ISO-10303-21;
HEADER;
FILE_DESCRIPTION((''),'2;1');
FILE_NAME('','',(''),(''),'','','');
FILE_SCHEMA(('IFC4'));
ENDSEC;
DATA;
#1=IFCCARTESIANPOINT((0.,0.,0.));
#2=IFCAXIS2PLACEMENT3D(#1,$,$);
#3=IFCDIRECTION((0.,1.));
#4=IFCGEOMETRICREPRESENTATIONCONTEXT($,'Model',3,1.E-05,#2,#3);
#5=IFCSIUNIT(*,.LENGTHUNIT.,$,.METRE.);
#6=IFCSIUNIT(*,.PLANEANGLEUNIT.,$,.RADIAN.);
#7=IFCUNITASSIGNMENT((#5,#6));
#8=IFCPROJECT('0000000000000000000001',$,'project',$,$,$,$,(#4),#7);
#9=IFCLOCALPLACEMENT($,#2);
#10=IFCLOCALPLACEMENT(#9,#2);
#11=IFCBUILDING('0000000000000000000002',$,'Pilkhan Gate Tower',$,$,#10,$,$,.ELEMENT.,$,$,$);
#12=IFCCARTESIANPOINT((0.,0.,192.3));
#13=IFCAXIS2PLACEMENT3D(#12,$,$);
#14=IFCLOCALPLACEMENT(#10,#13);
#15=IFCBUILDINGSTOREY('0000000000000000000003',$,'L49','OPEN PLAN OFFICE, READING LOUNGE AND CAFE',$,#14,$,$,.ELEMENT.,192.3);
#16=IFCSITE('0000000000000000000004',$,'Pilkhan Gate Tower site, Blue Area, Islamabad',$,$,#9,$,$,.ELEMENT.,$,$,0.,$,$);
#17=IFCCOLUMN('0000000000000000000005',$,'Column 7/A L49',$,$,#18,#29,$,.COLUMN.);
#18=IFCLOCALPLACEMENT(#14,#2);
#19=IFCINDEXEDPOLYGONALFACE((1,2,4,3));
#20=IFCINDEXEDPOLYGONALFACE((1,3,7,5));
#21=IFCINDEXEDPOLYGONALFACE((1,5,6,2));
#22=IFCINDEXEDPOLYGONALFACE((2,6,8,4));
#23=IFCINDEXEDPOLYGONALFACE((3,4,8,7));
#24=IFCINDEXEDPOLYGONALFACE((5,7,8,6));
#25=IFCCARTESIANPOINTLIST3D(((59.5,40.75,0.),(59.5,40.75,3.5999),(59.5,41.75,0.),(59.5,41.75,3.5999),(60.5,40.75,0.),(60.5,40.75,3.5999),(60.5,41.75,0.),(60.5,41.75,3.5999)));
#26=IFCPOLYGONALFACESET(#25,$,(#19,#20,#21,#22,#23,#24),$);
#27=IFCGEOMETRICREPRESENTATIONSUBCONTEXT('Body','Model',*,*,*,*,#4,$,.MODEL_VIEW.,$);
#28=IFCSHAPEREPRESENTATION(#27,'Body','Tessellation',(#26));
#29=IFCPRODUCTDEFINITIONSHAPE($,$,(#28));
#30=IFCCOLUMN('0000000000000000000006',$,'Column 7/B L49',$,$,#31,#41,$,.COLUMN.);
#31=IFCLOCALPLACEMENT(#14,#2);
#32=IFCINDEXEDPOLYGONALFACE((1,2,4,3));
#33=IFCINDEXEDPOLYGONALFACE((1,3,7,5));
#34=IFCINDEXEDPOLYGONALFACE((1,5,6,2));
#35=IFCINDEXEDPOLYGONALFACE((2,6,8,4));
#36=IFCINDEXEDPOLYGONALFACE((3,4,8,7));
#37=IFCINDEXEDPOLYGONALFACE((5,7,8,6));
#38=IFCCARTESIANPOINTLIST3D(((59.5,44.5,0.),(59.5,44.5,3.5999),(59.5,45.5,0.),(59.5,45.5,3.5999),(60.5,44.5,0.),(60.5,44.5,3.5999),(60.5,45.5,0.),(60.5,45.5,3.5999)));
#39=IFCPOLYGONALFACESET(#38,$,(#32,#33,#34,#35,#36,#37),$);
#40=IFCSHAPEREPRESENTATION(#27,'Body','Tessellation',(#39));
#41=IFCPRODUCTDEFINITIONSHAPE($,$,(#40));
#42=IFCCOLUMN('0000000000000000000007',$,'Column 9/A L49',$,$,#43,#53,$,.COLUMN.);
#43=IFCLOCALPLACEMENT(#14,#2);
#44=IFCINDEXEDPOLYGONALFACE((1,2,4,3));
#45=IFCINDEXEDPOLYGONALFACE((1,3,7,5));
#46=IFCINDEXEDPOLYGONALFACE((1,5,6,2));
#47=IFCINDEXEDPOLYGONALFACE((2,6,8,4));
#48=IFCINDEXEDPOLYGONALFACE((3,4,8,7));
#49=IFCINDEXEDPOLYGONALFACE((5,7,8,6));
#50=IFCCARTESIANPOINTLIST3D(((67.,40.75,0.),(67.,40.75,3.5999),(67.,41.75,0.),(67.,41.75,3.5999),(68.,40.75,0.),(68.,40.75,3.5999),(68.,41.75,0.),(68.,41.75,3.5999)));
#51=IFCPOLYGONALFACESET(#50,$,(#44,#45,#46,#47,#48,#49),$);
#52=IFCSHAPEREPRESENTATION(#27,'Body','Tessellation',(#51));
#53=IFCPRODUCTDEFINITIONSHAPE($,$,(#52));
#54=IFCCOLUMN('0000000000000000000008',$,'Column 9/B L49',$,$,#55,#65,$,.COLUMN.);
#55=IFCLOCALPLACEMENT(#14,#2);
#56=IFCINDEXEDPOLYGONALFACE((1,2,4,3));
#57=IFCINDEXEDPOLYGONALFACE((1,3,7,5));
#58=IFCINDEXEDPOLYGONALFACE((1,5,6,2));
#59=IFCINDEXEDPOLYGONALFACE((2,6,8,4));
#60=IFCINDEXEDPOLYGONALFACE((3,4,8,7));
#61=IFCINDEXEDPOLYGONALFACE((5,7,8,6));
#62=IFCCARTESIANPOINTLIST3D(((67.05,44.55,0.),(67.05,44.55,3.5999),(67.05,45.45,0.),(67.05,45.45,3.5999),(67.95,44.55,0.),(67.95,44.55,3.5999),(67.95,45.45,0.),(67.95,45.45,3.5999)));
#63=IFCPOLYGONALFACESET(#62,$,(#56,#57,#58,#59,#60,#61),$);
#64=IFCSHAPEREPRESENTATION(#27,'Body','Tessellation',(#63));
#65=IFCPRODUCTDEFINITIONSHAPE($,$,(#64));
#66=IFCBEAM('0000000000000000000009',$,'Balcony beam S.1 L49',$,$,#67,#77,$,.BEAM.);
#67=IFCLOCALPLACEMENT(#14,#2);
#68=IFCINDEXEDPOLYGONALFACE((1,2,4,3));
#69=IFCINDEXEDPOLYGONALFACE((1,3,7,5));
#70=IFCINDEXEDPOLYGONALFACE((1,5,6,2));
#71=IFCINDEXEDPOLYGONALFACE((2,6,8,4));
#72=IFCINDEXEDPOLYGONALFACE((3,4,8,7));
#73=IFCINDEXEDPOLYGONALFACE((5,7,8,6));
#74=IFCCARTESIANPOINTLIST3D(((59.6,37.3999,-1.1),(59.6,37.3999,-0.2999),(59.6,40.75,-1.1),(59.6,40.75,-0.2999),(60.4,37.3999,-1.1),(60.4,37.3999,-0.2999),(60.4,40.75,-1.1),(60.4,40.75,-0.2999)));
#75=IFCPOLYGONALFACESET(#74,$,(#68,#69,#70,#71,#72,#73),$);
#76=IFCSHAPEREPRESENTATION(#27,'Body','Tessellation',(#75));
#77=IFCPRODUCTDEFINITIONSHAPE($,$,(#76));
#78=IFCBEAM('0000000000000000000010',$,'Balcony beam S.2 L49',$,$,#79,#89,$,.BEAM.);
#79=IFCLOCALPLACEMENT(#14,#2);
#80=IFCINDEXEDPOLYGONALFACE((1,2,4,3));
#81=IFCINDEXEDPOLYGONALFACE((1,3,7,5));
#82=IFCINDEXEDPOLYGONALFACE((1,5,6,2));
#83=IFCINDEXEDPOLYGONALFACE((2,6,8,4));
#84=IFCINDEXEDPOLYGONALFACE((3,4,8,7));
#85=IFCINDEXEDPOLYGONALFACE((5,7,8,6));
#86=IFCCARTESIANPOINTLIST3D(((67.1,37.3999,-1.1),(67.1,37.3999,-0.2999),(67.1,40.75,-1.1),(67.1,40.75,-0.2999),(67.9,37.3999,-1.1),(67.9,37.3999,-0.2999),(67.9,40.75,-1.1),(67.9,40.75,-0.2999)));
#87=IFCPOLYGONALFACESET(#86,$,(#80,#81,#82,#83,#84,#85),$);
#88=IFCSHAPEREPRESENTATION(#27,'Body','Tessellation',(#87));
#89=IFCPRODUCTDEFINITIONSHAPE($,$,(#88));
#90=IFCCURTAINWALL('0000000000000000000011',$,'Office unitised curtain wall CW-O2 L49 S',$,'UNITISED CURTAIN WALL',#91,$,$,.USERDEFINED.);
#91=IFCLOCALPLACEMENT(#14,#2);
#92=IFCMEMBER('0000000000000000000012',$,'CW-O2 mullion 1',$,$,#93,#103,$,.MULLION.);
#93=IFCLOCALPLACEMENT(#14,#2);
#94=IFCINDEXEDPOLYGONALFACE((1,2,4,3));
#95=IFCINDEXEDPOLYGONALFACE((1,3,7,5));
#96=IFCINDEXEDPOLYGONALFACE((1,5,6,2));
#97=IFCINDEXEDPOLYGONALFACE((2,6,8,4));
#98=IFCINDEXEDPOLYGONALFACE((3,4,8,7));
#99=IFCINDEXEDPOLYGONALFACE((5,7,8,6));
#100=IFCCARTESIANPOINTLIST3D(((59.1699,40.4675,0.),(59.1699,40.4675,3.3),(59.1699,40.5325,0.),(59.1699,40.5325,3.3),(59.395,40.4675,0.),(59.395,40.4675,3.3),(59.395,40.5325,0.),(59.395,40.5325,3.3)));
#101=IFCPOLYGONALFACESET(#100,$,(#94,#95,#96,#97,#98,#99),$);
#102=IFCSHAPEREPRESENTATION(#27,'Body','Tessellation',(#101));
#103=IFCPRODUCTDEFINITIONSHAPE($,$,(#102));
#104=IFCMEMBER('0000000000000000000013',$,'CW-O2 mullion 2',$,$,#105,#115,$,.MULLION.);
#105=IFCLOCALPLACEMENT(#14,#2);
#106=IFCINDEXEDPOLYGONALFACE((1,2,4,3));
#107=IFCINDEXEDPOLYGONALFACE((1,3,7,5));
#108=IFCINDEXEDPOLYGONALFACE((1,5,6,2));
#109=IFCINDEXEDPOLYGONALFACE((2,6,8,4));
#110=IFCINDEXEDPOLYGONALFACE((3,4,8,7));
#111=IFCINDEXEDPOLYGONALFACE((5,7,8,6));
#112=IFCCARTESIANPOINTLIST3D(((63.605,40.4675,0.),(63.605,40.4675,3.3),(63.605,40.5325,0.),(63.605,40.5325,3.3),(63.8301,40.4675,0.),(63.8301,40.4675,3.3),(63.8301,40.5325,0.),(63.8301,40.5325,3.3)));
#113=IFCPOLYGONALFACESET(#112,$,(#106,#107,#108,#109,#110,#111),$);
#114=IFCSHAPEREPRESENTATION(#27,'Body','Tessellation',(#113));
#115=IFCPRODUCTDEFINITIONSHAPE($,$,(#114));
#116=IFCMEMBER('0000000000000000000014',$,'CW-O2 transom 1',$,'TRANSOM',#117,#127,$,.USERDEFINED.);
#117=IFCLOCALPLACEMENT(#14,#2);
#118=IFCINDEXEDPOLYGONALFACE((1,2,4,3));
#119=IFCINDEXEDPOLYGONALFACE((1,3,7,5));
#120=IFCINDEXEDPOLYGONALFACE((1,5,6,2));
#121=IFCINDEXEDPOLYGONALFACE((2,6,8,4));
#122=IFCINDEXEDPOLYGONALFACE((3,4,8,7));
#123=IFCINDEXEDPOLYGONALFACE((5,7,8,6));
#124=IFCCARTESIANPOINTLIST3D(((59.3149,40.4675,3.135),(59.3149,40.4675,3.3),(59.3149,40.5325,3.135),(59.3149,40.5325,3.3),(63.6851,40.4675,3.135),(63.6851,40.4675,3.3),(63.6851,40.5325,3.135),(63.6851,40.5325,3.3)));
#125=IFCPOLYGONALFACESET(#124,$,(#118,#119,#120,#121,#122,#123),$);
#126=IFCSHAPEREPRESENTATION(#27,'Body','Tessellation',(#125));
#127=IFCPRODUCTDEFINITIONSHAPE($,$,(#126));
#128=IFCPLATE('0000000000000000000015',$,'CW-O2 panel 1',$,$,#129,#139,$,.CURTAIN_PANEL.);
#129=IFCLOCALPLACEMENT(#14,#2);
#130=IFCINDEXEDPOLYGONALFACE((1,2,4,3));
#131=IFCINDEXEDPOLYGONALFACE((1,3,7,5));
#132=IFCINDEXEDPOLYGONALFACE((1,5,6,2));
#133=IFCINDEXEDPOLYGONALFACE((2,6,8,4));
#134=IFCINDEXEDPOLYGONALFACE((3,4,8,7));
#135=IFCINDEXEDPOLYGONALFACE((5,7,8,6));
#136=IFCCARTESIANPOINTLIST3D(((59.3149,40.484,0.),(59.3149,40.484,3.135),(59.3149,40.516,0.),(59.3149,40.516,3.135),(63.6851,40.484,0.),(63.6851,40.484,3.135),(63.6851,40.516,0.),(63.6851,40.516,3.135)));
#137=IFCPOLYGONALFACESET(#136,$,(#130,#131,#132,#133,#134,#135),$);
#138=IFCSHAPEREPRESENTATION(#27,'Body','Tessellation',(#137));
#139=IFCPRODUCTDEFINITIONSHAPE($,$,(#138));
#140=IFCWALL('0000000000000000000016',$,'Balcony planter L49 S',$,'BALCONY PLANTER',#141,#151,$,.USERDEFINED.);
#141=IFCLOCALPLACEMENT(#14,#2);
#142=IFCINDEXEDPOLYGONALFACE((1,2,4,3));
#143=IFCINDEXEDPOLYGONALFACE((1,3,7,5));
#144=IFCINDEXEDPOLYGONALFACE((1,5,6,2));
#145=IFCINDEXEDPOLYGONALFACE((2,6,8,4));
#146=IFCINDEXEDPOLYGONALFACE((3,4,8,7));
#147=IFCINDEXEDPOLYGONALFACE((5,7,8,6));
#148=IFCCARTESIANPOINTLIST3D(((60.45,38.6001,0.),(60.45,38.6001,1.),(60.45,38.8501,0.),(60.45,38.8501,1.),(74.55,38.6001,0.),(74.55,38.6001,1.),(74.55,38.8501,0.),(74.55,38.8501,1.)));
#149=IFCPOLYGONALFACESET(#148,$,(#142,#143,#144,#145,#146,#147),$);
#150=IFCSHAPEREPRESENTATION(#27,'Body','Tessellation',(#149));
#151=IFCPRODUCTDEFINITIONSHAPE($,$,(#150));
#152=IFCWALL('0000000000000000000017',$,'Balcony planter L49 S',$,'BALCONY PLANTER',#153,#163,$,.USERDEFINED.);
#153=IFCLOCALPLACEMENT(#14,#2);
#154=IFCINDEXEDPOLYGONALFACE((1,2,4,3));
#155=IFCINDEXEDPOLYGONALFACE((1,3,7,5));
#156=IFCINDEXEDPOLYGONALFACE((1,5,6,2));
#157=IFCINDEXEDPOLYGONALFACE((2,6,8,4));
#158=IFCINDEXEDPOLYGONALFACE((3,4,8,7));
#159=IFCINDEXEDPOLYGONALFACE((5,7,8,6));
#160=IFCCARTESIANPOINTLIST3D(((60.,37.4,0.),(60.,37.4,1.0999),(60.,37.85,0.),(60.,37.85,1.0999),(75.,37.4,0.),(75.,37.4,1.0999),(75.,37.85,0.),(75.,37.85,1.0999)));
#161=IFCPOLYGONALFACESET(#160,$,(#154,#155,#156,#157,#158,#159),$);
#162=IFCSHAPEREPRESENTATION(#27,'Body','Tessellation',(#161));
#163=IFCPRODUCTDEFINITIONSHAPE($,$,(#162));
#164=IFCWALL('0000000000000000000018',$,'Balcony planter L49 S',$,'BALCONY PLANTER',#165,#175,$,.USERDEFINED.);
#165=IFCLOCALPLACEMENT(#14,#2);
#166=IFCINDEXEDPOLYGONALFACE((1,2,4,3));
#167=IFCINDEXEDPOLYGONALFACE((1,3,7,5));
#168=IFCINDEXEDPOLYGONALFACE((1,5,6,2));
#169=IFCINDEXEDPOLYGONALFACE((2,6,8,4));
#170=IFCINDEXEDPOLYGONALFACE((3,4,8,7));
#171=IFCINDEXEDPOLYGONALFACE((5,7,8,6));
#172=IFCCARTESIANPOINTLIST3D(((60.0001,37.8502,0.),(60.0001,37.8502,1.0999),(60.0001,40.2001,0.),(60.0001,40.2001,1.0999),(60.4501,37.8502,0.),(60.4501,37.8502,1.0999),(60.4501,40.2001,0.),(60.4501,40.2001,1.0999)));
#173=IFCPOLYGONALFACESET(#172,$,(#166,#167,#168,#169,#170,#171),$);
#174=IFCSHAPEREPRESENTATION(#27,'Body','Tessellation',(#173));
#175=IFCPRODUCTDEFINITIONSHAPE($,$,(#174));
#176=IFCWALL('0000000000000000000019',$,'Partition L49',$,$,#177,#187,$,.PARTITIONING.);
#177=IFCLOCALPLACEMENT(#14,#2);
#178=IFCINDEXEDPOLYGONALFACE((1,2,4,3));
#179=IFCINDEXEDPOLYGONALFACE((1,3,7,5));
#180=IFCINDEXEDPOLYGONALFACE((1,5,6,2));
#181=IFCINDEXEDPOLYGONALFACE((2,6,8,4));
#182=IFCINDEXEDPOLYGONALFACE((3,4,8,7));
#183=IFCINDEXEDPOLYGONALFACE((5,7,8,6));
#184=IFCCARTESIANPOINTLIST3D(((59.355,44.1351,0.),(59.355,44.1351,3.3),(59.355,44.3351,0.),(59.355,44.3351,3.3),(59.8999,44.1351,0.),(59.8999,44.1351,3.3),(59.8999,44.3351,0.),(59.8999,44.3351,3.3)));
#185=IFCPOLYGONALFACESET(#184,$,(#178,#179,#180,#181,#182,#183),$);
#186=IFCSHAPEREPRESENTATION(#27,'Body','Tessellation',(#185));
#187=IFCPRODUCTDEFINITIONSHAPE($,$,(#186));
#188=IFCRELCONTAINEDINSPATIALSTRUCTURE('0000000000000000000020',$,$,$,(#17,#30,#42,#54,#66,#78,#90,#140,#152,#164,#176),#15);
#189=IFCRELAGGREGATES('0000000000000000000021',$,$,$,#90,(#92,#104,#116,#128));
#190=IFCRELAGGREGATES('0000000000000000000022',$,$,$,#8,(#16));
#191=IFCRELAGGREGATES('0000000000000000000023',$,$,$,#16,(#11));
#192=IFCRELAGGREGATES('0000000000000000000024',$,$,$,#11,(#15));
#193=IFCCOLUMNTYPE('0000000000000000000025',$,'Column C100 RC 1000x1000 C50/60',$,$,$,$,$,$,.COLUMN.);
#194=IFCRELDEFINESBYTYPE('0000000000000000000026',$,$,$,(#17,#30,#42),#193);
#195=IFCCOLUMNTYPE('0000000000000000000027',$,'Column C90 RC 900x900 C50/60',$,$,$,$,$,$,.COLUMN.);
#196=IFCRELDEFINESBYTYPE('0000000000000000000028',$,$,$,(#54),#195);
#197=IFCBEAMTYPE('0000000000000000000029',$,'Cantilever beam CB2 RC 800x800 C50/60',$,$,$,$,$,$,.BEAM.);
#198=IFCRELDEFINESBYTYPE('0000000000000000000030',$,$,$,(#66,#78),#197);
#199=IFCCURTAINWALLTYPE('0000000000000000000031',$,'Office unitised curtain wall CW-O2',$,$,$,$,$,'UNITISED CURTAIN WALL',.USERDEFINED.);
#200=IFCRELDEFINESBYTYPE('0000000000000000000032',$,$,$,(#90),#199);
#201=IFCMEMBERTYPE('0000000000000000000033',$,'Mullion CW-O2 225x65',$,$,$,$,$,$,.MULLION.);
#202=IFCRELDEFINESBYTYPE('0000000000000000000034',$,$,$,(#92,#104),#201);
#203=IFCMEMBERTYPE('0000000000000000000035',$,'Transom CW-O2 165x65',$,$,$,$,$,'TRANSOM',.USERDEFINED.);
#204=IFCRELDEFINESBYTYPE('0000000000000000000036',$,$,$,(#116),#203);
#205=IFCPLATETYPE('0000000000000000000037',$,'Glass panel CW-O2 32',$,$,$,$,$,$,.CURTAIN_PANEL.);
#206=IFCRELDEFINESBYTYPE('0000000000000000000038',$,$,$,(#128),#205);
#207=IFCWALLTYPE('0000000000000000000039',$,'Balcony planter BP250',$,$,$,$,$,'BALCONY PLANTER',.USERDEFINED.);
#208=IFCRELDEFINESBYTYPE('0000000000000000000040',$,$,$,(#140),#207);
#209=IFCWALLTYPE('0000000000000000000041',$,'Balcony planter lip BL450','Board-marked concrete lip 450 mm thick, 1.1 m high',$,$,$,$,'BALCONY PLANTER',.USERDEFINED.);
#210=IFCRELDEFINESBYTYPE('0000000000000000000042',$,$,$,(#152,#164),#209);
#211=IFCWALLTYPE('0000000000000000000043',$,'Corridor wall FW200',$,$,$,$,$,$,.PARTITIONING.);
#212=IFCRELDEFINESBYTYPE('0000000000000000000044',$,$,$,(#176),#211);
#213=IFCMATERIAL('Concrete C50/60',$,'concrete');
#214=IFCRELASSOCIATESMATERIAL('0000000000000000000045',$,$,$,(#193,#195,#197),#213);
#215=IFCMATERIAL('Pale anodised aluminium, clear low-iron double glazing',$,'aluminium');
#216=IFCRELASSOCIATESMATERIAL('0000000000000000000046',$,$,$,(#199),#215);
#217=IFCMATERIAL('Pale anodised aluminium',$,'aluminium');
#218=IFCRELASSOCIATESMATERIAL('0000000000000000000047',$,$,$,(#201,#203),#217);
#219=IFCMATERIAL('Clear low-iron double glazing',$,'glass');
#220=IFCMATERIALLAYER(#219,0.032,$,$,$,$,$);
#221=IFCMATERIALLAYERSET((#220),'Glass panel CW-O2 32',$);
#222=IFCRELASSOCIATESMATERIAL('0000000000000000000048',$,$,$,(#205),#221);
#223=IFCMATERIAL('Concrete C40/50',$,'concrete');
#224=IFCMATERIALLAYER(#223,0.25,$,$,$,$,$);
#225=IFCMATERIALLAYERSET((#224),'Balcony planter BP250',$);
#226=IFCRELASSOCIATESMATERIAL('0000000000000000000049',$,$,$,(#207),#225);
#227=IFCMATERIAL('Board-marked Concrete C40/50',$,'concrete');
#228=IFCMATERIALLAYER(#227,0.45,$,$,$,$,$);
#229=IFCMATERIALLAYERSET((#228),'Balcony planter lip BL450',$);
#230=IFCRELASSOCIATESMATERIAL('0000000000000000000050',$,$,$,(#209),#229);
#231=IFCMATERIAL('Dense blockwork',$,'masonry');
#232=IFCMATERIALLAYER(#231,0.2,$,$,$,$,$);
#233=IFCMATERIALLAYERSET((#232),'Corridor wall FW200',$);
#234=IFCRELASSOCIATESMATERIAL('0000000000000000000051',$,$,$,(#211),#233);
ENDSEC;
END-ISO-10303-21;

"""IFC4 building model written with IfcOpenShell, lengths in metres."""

from ifc_helpers import new_model, si_unit, direction, frame, frame_2d, origin, origin_2d, place, context, subcontext, project, spatial, rectangle, extrude, material, layer, layer_set, material_profile, profile_set, type_object, element, aggregate, save


model = new_model("IFC4")

# Units and contexts
model_context = context("Model", 3, precision=1e-05, world=origin(), true_north=direction((0.0, 1.0)))
body_context = subcontext(model_context, "Body", "Model", "MODEL_VIEW")
ifc_project = project(units=[si_unit("LENGTHUNIT", "METRE"), si_unit("PLANEANGLEUNIT", "RADIAN")], contexts=[model_context])

# Site, building, storey
site_placement = place(None, origin())
site = spatial("IfcSite", under=ifc_project, at=site_placement, Name="Pilkhan Gate Tower site, Blue Area, Islamabad", CompositionType="ELEMENT", RefElevation=0.0)
building_placement = place(site_placement, origin())
building = spatial("IfcBuilding", under=site, at=building_placement, Name="Pilkhan Gate Tower", CompositionType="ELEMENT")
storey_placement = place(building_placement, frame((0.0, 0.0, 192.3)))
storey = spatial("IfcBuildingStorey", under=building, at=storey_placement, Name="L49", Description="OPEN PLAN OFFICE, READING LOUNGE AND CAFE", CompositionType="ELEMENT", Elevation=192.3)

# Columns
ifc_material_1 = material(Name="Concrete C50/60", Category="concrete")
ifc_material_profile_1 = material_profile(ifc_material_1, rectangle(XDim=1.0, YDim=1.0, at=origin_2d()), Name="RC 1000x1000")
ifc_profile_set_1 = profile_set([ifc_material_profile_1], Name="Concrete C50/60")
column_type_1 = type_object("IfcColumnType", Name="Column C100 RC 1000x1000 C50/60", PredefinedType="COLUMN", material=ifc_profile_set_1)
for number, where, z_axis, x_axis, name in (
    (1, (60.0, 41.25, 0.0), (0.0, 0.0, 1.0), (1.0, 0.0, 0.0), "Column 7/A L49"),
    (2, (60.0, 45.0, 0.0), (0.0, 0.0, 1.0), (1.0, 0.0, 0.0), "Column 7/B L49"),
    (3, (67.5, 41.25, 0.0), (0.0, 0.0, 1.0), (1.0, 0.0, 0.0), "Column 9/A L49"),
):
    element("IfcColumn", number, at=place(storey_placement, frame(where, z_axis=z_axis, x_axis=x_axis)), inside=storey, type_object=column_type_1, Name=name, PredefinedType="COLUMN", context=body_context, shape_type="SweptSolid", body=[
        extrude(rectangle(XDim=1.0, YDim=1.0, at=origin_2d()), origin(), (0.0, 0.0, 1.0), 3.5999),
    ])
ifc_material_profile_2 = material_profile(ifc_material_1, rectangle(XDim=0.8999, YDim=0.8999, at=origin_2d()), Name="RC 900x900")
ifc_profile_set_2 = profile_set([ifc_material_profile_2], Name="Concrete C50/60")
column_type_2 = type_object("IfcColumnType", Name="Column C90 RC 900x900 C50/60", PredefinedType="COLUMN", material=ifc_profile_set_2)
column_placement = place(storey_placement, frame((67.5, 45.0, 0.0), z_axis=(0.0, 0.0, 1.0), x_axis=(1.0, 0.0, 0.0)))
element("IfcColumn", 4, at=column_placement, inside=storey, type_object=column_type_2, Name="Column 9/B L49", PredefinedType="COLUMN", context=body_context, shape_type="SweptSolid", body=[
    extrude(rectangle(XDim=0.8999, YDim=0.8999, at=origin_2d()), origin(), (0.0, 0.0, 1.0), 3.5999),
])

# Beams
ifc_material_profile_3 = material_profile(ifc_material_1, rectangle(XDim=0.8, YDim=0.8, at=origin_2d()), Name="RC 800x800")
ifc_profile_set_3 = profile_set([ifc_material_profile_3], Name="Concrete C50/60")
beam_type = type_object("IfcBeamType", Name="Cantilever beam CB2 RC 800x800 C50/60", PredefinedType="BEAM", material=ifc_profile_set_3)
for number, where, z_axis, x_axis, name in (
    (5, (60.0, 40.75, -0.7), (0.0, -1.0, 0.0), (1.0, 0.0, 0.0), "Balcony beam S.1 L49"),
    (6, (67.5, 40.75, -0.7), (0.0, -1.0, 0.0), (1.0, 0.0, 0.0), "Balcony beam S.2 L49"),
):
    element("IfcBeam", number, at=place(storey_placement, frame(where, z_axis=z_axis, x_axis=x_axis)), inside=storey, type_object=beam_type, Name=name, PredefinedType="BEAM", context=body_context, shape_type="SweptSolid", body=[
        extrude(rectangle(XDim=0.8, YDim=0.8, at=origin_2d()), origin(), (0.0, 0.0, 1.0), 3.3501),
    ])

# Curtain wall, members, plate
ifc_material_2 = material(Name="Pale anodised aluminium, clear low-iron double glazing", Category="aluminium")
curtain_wall_type = type_object("IfcCurtainWallType", Name="Office unitised curtain wall CW-O2", ElementType="UNITISED CURTAIN WALL", PredefinedType="USERDEFINED", material=ifc_material_2)
curtain_wall_placement = place(storey_placement, origin())
curtain_wall = element("IfcCurtainWall", 7, at=curtain_wall_placement, inside=storey, type_object=curtain_wall_type, Name="Office unitised curtain wall CW-O2 L49 S", ObjectType="UNITISED CURTAIN WALL", PredefinedType="USERDEFINED")
ifc_material_3 = material(Name="Pale anodised aluminium", Category="aluminium")
ifc_material_profile_4 = material_profile(ifc_material_3, rectangle(XDim=0.0649, YDim=0.2251, at=origin_2d()), Name="Mullion 225x65")
ifc_profile_set_4 = profile_set([ifc_material_profile_4], Name="Pale anodised aluminium")
member_type_1 = type_object("IfcMemberType", Name="Mullion CW-O2 225x65", PredefinedType="MULLION", material=ifc_profile_set_4)
member_1_placement = place(storey_placement, frame((59.2825, 40.5, 0.0), z_axis=(0.0, 0.0, 1.0), x_axis=(0.0, 1.0, 0.0)))
member_1 = element("IfcMember", 8, at=member_1_placement, type_object=member_type_1, Name="CW-O2 mullion 1", PredefinedType="MULLION", context=body_context, shape_type="SweptSolid", body=[
    extrude(rectangle(XDim=0.0649, YDim=0.2251, at=origin_2d()), origin(), (0.0, 0.0, 1.0), 3.3),
])
member_2_placement = place(storey_placement, frame((63.7175, 40.5, 0.0), z_axis=(0.0, 0.0, 1.0), x_axis=(0.0, 1.0, 0.0)))
member_2 = element("IfcMember", 9, at=member_2_placement, type_object=member_type_1, Name="CW-O2 mullion 2", PredefinedType="MULLION", context=body_context, shape_type="SweptSolid", body=[
    extrude(rectangle(XDim=0.0649, YDim=0.2251, at=origin_2d()), origin(), (0.0, 0.0, 1.0), 3.3),
])
ifc_material_profile_5 = material_profile(ifc_material_3, rectangle(XDim=0.0649, YDim=0.165, at=origin_2d()), Name="Transom 165x65")
ifc_profile_set_5 = profile_set([ifc_material_profile_5], Name="Pale anodised aluminium")
member_type_2 = type_object("IfcMemberType", Name="Transom CW-O2 165x65", ElementType="TRANSOM", PredefinedType="USERDEFINED", material=ifc_profile_set_5)
member_3_placement = place(storey_placement, frame((59.3149, 40.5, 3.2175), z_axis=(1.0, 0.0, 0.0), x_axis=(0.0, 1.0, 0.0)))
member_3 = element("IfcMember", 10, at=member_3_placement, type_object=member_type_2, Name="CW-O2 transom 1", ObjectType="TRANSOM", PredefinedType="USERDEFINED", context=body_context, shape_type="SweptSolid", body=[
    extrude(rectangle(XDim=0.0649, YDim=0.165, at=origin_2d()), origin(), (0.0, 0.0, 1.0), 4.3701),
])
ifc_material_4 = material(Name="Clear low-iron double glazing", Category="glass")
ifc_layer_1 = layer(ifc_material_4, 0.032)
ifc_layer_set_1 = layer_set([ifc_layer_1], Name="Glass panel CW-O2 32")
plate_type = type_object("IfcPlateType", Name="Glass panel CW-O2 32", PredefinedType="CURTAIN_PANEL", material=ifc_layer_set_1)
plate_placement = place(storey_placement, frame((61.5, 40.5, 0.0), z_axis=(0.0, 0.0, 1.0), x_axis=(1.0, 0.0, 0.0)))
plate = element("IfcPlate", 11, at=plate_placement, type_object=plate_type, Name="CW-O2 panel 1", PredefinedType="CURTAIN_PANEL", context=body_context, shape_type="SweptSolid", body=[
    extrude(rectangle(XDim=4.3701, YDim=0.032, at=origin_2d()), origin(), (0.0, 0.0, 1.0), 3.135),
])
aggregate(curtain_wall, [member_1, member_2, member_3, plate])

# Walls
ifc_material_5 = material(Name="Concrete C40/50", Category="concrete")
ifc_layer_2 = layer(ifc_material_5, 0.25)
ifc_layer_set_2 = layer_set([ifc_layer_2], Name="Balcony planter BP250")
wall_type_1 = type_object("IfcWallType", Name="Balcony planter BP250", ElementType="BALCONY PLANTER", PredefinedType="USERDEFINED", material=ifc_layer_set_2)
wall_1_placement = place(storey_placement, frame((60.45, 38.7251, 0.0), z_axis=(0.0, 0.0, 1.0), x_axis=(1.0, 0.0, 0.0)))
element("IfcWall", 12, at=wall_1_placement, inside=storey, type_object=wall_type_1, Name="Balcony planter L49 S", ObjectType="BALCONY PLANTER", PredefinedType="USERDEFINED", context=body_context, shape_type="SweptSolid", body=[
    extrude(rectangle(XDim=14.1001, YDim=0.25, at=frame_2d((7.05, 0.0))), origin(), (0.0, 0.0, 1.0), 1.0),
])
ifc_material_6 = material(Name="Board-marked Concrete C40/50", Category="concrete")
ifc_layer_3 = layer(ifc_material_6, 0.45)
ifc_layer_set_3 = layer_set([ifc_layer_3], Name="Balcony planter lip BL450")
wall_type_2 = type_object("IfcWallType", Name="Balcony planter lip BL450", Description="Board-marked concrete lip 450 mm thick, 1.1 m high", ElementType="BALCONY PLANTER", PredefinedType="USERDEFINED", material=ifc_layer_set_3)
wall_2_placement = place(storey_placement, frame((60.0, 37.625, 0.0), z_axis=(0.0, 0.0, 1.0), x_axis=(1.0, 0.0, 0.0)))
element("IfcWall", 13, at=wall_2_placement, inside=storey, type_object=wall_type_2, Name="Balcony planter L49 S", ObjectType="BALCONY PLANTER", PredefinedType="USERDEFINED", context=body_context, shape_type="SweptSolid", body=[
    extrude(rectangle(XDim=15.0, YDim=0.45, at=frame_2d((7.5, 0.0))), origin(), (0.0, 0.0, 1.0), 1.0999),
])
wall_3_placement = place(storey_placement, frame((60.2251, 40.2, 0.0), z_axis=(0.0, 0.0, 1.0), x_axis=(0.0, -1.0, 0.0)))
element("IfcWall", 14, at=wall_3_placement, inside=storey, type_object=wall_type_2, Name="Balcony planter L49 S", ObjectType="BALCONY PLANTER", PredefinedType="USERDEFINED", context=body_context, shape_type="SweptSolid", body=[
    extrude(rectangle(XDim=2.3499, YDim=0.45, at=frame_2d((1.1748, 0.0))), origin(), (0.0, 0.0, 1.0), 1.0999),
])
ifc_material_7 = material(Name="Dense blockwork", Category="masonry")
ifc_layer_4 = layer(ifc_material_7, 0.2)
ifc_layer_set_4 = layer_set([ifc_layer_4], Name="Corridor wall FW200")
wall_type_3 = type_object("IfcWallType", Name="Corridor wall FW200", PredefinedType="PARTITIONING", material=ifc_layer_set_4)
wall_4_placement = place(storey_placement, frame((59.355, 44.2351, 0.0), z_axis=(0.0, 0.0, 1.0), x_axis=(1.0, 0.0, 0.0)))
element("IfcWall", 15, at=wall_4_placement, inside=storey, type_object=wall_type_3, Name="Partition L49", PredefinedType="PARTITIONING", context=body_context, shape_type="SweptSolid", body=[
    extrude(rectangle(XDim=0.5449, YDim=0.2, at=frame_2d((0.2725, 0.0))), origin(), (0.0, 0.0, 1.0), 3.3),
])

save(model, "model.ifc")
